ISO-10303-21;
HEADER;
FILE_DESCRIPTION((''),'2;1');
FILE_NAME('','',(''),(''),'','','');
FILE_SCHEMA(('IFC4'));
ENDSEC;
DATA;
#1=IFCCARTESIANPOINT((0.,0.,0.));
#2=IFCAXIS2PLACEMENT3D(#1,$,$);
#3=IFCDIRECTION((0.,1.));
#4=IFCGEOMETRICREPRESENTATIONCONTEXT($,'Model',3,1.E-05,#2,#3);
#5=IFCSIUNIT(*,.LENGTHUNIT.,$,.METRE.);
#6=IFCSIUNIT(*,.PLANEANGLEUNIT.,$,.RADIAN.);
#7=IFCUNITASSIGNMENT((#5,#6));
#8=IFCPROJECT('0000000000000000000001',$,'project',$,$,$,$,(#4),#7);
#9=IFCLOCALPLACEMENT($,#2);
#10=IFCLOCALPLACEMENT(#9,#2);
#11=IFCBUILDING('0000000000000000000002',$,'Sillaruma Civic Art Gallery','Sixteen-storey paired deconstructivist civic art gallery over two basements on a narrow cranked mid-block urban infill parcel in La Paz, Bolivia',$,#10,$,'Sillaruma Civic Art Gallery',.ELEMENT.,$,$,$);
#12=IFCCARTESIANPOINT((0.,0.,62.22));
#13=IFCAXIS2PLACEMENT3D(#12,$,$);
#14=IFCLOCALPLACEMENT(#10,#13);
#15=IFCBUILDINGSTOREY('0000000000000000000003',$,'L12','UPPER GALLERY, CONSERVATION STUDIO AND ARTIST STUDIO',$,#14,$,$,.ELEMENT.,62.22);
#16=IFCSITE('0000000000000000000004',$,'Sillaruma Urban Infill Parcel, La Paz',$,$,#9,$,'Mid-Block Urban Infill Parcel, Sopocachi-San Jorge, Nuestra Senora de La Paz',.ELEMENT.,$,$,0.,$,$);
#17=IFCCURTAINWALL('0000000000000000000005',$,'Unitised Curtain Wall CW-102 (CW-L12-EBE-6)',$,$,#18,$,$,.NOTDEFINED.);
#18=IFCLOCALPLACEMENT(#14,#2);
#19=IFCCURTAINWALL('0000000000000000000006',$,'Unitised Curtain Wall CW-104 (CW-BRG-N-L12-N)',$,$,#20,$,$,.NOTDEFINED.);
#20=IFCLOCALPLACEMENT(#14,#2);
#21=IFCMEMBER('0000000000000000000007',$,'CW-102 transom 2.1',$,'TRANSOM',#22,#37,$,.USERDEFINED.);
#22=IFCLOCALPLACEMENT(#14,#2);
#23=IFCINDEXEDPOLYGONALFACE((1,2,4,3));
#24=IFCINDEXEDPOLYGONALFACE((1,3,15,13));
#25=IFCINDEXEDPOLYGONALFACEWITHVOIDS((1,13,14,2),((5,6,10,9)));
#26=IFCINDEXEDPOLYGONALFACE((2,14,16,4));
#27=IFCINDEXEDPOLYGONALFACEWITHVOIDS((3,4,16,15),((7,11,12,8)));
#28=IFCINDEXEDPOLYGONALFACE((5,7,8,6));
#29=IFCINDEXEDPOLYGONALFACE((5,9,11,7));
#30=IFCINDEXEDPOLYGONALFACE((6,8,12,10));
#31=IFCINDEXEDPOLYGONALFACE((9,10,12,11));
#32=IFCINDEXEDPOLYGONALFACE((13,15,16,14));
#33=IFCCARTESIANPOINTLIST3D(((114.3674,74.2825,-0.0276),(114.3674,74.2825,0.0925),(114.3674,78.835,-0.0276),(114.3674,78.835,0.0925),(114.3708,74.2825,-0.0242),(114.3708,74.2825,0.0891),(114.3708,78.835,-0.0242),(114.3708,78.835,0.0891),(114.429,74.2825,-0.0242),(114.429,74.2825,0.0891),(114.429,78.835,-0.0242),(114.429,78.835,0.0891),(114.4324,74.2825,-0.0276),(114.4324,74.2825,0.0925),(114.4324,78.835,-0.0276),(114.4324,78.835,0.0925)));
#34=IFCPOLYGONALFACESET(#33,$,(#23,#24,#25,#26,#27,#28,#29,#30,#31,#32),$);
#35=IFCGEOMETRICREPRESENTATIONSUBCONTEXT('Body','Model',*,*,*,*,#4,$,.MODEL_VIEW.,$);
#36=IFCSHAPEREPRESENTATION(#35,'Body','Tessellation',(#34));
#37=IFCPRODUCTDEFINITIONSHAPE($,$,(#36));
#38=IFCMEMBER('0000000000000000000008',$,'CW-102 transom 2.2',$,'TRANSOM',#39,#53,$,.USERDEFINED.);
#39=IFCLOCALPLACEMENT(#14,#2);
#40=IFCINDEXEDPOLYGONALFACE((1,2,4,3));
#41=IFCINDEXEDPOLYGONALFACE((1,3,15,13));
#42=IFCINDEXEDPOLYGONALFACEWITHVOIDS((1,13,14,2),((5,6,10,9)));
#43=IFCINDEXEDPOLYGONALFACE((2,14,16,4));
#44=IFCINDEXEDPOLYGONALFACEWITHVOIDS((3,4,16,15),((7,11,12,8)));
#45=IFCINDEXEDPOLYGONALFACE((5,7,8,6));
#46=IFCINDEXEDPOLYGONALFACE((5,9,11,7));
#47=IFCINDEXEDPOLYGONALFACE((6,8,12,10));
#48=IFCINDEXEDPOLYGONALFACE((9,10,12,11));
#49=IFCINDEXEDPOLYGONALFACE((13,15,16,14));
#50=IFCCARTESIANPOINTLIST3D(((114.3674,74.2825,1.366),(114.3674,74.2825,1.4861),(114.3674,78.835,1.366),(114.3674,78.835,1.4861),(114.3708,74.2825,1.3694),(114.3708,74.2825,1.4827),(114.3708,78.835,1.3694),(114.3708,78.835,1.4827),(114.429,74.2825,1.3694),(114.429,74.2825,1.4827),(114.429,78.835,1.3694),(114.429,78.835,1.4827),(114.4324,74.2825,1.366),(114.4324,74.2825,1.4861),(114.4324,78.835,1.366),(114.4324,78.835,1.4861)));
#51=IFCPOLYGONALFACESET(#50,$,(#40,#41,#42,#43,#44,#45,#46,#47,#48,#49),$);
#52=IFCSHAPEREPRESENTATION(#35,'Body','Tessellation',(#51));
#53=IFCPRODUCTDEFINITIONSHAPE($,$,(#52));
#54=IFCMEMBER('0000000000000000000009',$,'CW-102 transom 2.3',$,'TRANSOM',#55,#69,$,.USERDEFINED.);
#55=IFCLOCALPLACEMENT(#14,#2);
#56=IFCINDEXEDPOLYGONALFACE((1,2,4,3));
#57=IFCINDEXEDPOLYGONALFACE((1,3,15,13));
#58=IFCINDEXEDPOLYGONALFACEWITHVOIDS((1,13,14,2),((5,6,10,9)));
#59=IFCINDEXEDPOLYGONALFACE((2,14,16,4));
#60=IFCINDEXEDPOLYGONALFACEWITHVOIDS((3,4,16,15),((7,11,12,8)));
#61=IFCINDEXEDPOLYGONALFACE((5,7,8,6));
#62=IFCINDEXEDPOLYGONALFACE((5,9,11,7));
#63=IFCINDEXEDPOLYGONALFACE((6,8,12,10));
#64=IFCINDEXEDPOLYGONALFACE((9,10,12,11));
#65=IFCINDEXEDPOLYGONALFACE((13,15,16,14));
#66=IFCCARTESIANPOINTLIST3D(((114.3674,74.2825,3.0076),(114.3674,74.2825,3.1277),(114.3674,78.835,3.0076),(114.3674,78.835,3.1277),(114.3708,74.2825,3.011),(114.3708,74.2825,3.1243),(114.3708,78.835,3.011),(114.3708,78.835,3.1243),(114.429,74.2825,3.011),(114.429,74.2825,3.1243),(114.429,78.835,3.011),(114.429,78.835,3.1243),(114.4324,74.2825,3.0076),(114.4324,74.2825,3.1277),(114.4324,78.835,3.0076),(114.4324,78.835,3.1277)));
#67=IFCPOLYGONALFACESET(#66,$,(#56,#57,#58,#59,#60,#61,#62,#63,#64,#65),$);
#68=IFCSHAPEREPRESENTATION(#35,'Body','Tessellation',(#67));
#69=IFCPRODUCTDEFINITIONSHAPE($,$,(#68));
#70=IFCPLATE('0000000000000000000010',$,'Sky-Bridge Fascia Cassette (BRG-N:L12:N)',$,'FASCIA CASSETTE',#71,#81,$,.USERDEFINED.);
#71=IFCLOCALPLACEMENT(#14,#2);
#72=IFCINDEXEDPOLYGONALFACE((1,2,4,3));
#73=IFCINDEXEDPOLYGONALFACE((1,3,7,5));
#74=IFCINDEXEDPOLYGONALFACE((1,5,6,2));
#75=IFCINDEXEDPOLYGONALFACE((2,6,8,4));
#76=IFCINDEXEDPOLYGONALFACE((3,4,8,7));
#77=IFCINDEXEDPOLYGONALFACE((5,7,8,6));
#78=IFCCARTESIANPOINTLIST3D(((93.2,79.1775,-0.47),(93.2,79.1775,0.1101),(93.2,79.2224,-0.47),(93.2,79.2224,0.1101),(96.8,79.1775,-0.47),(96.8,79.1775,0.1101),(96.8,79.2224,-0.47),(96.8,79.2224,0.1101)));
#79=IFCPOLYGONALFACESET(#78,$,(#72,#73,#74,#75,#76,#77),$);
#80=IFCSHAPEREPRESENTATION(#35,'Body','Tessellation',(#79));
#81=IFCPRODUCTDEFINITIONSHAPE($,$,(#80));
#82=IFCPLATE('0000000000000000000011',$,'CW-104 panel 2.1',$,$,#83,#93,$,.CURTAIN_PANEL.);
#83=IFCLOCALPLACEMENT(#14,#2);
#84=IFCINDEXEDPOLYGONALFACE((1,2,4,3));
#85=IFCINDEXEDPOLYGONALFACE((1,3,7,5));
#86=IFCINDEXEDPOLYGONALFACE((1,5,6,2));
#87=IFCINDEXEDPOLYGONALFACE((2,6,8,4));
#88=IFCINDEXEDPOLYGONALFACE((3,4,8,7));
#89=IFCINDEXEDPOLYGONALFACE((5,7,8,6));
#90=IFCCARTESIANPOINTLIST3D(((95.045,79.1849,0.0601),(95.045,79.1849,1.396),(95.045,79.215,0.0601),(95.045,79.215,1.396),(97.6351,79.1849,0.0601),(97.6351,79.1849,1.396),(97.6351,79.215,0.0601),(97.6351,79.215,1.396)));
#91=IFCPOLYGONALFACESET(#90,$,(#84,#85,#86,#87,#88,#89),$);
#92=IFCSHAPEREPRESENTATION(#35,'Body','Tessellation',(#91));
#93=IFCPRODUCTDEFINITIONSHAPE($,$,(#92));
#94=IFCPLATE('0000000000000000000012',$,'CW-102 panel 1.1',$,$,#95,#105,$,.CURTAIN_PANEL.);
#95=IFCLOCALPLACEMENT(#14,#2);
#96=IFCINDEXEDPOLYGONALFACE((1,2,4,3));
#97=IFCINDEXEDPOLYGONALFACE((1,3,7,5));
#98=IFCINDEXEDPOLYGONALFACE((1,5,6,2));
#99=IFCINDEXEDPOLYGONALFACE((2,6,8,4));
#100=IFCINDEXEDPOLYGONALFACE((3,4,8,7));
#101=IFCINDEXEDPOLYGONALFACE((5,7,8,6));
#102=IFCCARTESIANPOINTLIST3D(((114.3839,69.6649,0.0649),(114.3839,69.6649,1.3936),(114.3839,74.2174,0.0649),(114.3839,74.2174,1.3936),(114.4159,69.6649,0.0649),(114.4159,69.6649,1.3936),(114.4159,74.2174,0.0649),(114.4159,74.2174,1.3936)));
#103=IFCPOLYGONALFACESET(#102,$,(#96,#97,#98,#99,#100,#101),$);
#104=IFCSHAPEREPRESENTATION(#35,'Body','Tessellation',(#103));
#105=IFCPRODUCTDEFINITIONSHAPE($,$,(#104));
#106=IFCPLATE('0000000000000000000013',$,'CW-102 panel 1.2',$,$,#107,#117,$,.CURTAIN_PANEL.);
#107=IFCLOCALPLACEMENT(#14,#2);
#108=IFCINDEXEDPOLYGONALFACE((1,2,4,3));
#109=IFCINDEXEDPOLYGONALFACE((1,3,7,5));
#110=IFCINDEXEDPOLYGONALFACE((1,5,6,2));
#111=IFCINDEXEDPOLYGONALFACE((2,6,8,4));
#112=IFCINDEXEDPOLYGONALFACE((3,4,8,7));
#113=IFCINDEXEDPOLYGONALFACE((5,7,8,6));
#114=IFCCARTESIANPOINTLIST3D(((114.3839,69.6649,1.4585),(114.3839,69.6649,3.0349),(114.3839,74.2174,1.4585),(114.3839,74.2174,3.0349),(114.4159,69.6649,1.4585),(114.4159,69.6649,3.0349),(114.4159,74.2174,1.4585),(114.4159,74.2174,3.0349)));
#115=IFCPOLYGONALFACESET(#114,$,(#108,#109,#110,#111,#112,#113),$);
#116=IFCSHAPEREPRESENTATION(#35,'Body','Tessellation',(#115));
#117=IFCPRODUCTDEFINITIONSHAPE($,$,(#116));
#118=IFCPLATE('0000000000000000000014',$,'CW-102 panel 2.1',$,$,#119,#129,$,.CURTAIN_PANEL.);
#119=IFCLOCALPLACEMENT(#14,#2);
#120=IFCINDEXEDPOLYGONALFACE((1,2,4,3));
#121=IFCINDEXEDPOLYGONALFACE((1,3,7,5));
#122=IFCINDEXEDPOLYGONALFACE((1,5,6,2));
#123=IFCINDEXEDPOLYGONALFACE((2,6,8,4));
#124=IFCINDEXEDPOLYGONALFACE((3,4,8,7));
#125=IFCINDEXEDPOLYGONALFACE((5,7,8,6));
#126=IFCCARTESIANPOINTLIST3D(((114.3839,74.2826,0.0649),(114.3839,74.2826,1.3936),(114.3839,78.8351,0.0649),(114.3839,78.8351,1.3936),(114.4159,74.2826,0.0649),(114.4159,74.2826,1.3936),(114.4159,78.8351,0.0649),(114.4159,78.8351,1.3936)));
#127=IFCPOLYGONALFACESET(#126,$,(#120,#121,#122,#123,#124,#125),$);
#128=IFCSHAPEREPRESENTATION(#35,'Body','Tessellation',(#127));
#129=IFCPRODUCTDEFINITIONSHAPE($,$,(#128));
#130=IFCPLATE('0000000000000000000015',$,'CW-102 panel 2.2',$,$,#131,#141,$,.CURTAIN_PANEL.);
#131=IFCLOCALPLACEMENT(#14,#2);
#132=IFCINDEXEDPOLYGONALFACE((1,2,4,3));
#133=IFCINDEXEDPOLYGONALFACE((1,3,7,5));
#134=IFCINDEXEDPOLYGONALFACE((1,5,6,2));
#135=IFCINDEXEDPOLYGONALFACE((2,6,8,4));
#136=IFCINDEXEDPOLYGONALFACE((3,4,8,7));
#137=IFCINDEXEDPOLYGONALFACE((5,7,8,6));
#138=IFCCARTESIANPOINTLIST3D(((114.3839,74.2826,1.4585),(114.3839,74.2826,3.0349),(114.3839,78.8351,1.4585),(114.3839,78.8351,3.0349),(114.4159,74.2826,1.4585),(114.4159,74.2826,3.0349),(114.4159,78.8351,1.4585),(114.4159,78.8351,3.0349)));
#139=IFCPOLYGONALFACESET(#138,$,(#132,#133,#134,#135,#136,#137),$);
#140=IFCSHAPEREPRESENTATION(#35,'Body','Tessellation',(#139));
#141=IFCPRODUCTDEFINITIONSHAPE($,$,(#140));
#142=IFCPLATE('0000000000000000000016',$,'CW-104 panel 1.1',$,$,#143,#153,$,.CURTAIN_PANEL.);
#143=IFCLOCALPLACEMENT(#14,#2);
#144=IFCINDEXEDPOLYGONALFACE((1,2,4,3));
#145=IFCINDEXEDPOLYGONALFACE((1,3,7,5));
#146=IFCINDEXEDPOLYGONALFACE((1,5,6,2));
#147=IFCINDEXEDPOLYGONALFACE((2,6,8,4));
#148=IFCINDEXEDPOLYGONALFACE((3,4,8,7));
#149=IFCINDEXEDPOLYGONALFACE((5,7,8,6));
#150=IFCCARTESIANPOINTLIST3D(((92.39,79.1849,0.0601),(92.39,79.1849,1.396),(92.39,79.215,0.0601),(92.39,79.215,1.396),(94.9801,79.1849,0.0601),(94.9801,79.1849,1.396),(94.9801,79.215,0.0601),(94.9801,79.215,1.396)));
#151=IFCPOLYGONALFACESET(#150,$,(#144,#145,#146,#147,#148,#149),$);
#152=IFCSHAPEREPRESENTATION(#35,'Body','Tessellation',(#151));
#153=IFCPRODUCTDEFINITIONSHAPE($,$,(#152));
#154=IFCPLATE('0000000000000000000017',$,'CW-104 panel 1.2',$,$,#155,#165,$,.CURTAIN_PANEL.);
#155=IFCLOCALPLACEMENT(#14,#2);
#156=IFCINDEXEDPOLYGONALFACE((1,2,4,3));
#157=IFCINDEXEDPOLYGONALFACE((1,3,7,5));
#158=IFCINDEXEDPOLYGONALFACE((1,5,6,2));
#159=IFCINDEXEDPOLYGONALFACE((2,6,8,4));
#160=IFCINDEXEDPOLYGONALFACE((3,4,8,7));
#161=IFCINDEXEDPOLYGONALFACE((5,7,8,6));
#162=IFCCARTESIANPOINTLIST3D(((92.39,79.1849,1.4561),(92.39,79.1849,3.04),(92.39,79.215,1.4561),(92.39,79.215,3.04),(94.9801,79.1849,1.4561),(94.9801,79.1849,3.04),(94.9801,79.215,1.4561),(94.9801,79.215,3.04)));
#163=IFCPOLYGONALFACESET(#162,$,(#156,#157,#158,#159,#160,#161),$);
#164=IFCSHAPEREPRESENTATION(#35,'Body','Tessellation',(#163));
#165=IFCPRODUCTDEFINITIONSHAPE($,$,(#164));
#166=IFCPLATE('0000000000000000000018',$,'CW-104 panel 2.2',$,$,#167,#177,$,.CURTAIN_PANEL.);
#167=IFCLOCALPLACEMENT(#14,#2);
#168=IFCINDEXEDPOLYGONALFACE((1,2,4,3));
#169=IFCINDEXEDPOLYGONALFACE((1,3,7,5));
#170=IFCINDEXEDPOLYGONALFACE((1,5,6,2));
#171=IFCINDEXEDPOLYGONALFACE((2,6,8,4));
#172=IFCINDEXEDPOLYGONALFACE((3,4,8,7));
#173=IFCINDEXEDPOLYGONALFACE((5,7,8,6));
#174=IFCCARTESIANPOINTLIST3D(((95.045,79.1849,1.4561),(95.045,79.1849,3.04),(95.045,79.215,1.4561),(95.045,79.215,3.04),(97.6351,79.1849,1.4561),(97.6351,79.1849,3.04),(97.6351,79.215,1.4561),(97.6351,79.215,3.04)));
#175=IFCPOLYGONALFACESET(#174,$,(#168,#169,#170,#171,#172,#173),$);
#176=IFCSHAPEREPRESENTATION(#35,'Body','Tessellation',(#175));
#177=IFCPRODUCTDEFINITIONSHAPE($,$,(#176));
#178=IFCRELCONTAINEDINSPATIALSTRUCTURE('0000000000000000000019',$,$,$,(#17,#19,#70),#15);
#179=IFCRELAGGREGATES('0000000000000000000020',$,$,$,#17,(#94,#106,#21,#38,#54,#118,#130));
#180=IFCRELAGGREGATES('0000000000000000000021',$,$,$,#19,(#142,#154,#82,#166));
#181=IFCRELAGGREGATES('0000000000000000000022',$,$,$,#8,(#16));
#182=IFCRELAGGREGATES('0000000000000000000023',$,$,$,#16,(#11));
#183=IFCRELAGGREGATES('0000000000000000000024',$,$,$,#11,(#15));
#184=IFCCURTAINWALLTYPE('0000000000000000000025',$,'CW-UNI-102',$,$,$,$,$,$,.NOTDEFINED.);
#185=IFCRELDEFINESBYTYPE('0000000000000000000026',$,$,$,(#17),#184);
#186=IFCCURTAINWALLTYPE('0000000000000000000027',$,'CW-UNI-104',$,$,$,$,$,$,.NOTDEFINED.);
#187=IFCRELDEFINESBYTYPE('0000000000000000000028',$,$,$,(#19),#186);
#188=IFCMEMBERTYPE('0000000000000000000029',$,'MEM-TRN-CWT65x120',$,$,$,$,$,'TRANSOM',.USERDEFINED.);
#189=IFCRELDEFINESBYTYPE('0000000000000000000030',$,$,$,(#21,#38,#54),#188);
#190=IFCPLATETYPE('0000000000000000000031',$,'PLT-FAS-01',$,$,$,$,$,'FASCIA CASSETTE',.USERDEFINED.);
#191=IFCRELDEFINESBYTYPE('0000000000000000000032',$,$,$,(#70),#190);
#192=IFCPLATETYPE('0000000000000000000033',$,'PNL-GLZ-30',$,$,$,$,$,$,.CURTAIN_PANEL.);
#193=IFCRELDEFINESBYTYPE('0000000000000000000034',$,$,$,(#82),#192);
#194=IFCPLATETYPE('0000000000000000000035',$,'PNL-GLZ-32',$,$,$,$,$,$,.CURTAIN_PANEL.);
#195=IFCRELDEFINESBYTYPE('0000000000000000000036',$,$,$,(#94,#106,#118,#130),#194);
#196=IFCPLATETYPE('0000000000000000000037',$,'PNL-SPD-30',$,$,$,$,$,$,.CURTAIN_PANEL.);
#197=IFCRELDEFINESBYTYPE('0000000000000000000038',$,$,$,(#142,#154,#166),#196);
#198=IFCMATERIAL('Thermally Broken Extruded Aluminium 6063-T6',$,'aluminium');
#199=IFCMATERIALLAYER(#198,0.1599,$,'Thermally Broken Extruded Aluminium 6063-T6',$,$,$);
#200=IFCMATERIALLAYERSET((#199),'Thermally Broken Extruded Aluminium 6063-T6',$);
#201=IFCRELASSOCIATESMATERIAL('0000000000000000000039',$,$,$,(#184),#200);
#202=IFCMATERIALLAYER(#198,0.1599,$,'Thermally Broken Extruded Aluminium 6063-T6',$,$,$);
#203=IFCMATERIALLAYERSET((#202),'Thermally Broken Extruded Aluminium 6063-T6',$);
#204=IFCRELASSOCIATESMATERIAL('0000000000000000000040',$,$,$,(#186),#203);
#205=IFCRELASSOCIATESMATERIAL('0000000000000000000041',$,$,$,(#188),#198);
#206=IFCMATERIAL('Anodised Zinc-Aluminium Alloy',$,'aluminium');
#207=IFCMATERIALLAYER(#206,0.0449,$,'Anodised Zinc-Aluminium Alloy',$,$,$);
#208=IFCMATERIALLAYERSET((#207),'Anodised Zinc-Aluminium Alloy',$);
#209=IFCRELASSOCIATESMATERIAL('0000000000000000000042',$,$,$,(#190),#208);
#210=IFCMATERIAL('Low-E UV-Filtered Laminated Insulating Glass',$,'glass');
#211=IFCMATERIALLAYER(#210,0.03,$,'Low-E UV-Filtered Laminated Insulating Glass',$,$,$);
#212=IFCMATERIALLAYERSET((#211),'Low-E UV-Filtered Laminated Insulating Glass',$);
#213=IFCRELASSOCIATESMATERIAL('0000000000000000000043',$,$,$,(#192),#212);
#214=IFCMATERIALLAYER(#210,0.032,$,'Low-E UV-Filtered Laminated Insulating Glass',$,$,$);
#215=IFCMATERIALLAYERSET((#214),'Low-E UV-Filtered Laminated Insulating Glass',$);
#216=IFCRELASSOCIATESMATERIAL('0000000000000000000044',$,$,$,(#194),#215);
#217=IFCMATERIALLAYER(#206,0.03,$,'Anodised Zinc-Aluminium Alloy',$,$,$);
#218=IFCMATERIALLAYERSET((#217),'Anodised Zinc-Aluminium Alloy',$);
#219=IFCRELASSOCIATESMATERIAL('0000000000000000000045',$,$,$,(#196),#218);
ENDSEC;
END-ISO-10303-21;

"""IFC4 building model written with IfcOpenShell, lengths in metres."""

from ifc_helpers import new_model, si_unit, direction, frame, origin, origin_2d, place, context, subcontext, project, spatial, rectangle, hollow_rectangle, extrude, material, layer, layer_set, material_profile, profile_set, type_object, element, aggregate, save


model = new_model("IFC4")

# Units and contexts
model_context = context("Model", 3, precision=1e-05, world=origin(), true_north=direction((0.0, 1.0)))
body_context = subcontext(model_context, "Body", "Model", "MODEL_VIEW")
ifc_project = project(units=[si_unit("LENGTHUNIT", "METRE"), si_unit("PLANEANGLEUNIT", "RADIAN")], contexts=[model_context])

# Site, building, storey
site_placement = place(None, origin())
site = spatial("IfcSite", under=ifc_project, at=site_placement, Name="Sillaruma Urban Infill Parcel, La Paz", LongName="Mid-Block Urban Infill Parcel, Sopocachi-San Jorge, Nuestra Senora de La Paz", CompositionType="ELEMENT", RefElevation=0.0)
building_placement = place(site_placement, origin())
building = spatial("IfcBuilding", under=site, at=building_placement, Name="Sillaruma Civic Art Gallery", Description="Sixteen-storey paired deconstructivist civic art gallery over two basements on a narrow cranked mid-block urban infill parcel in La Paz, Bolivia", LongName="Sillaruma Civic Art Gallery", CompositionType="ELEMENT")
storey_placement = place(building_placement, frame((0.0, 0.0, 62.22)))
storey = spatial("IfcBuildingStorey", under=building, at=storey_placement, Name="L12", Description="UPPER GALLERY, CONSERVATION STUDIO AND ARTIST STUDIO", CompositionType="ELEMENT", Elevation=62.22)

# Curtain walls
ifc_material_1 = material(Name="Thermally Broken Extruded Aluminium 6063-T6", Category="aluminium")
ifc_layer_1 = layer(ifc_material_1, 0.1599, Name="Thermally Broken Extruded Aluminium 6063-T6")
ifc_layer_set_1 = layer_set([ifc_layer_1], Name="Thermally Broken Extruded Aluminium 6063-T6")
curtain_wall_type_1 = type_object("IfcCurtainWallType", Name="CW-UNI-102", PredefinedType="NOTDEFINED", material=ifc_layer_set_1)
curtain_wall_1_placement = place(storey_placement, origin())
curtain_wall_1 = element("IfcCurtainWall", 1, at=curtain_wall_1_placement, inside=storey, type_object=curtain_wall_type_1, Name="Unitised Curtain Wall CW-102 (CW-L12-EBE-6)", PredefinedType="NOTDEFINED")
ifc_layer_2 = layer(ifc_material_1, 0.1599, Name="Thermally Broken Extruded Aluminium 6063-T6")
ifc_layer_set_2 = layer_set([ifc_layer_2], Name="Thermally Broken Extruded Aluminium 6063-T6")
curtain_wall_type_2 = type_object("IfcCurtainWallType", Name="CW-UNI-104", PredefinedType="NOTDEFINED", material=ifc_layer_set_2)
curtain_wall_2_placement = place(storey_placement, origin())
curtain_wall_2 = element("IfcCurtainWall", 2, at=curtain_wall_2_placement, inside=storey, type_object=curtain_wall_type_2, Name="Unitised Curtain Wall CW-104 (CW-BRG-N-L12-N)", PredefinedType="NOTDEFINED")

# Members
ifc_material_profile_1 = material_profile(ifc_material_1, hollow_rectangle(XDim=0.0649, YDim=0.1201, WallThickness=0.0034, at=origin_2d()), Name="CWT65x120")
ifc_profile_set_1 = profile_set([ifc_material_profile_1], Name="Thermally Broken Extruded Aluminium 6063-T6")
member_type_1 = type_object("IfcMemberType", Name="MEM-TRN-CWT65x120", ElementType="TRANSOM", PredefinedType="USERDEFINED", material=ifc_profile_set_1)
member_1_placement = place(storey_placement, frame((114.3999, 74.2825, 0.0325), z_axis=(0.0, 1.0, 0.0), x_axis=(-1.0, 0.0, 0.0)))
member_1 = element("IfcMember", 3, at=member_1_placement, type_object=member_type_1, Name="CW-102 transom 2.1", ObjectType="TRANSOM", PredefinedType="USERDEFINED", context=body_context, shape_type="SweptSolid", body=[
    extrude(hollow_rectangle(XDim=0.0649, YDim=0.1201, WallThickness=0.0034, at=origin_2d()), origin(), (0.0, 0.0, 1.0), 4.5525),
])
member_2_placement = place(storey_placement, frame((114.3999, 74.2825, 1.426), z_axis=(0.0, 1.0, 0.0), x_axis=(-1.0, 0.0, 0.0)))
member_2 = element("IfcMember", 4, at=member_2_placement, type_object=member_type_1, Name="CW-102 transom 2.2", ObjectType="TRANSOM", PredefinedType="USERDEFINED", context=body_context, shape_type="SweptSolid", body=[
    extrude(hollow_rectangle(XDim=0.0649, YDim=0.1201, WallThickness=0.0034, at=origin_2d()), origin(), (0.0, 0.0, 1.0), 4.5525),
])
member_3_placement = place(storey_placement, frame((114.3999, 74.2825, 3.0676), z_axis=(0.0, 1.0, 0.0), x_axis=(-1.0, 0.0, 0.0)))
member_3 = element("IfcMember", 5, at=member_3_placement, type_object=member_type_1, Name="CW-102 transom 2.3", ObjectType="TRANSOM", PredefinedType="USERDEFINED", context=body_context, shape_type="SweptSolid", body=[
    extrude(hollow_rectangle(XDim=0.0649, YDim=0.1201, WallThickness=0.0034, at=origin_2d()), origin(), (0.0, 0.0, 1.0), 4.5525),
])

# Plates
ifc_material_2 = material(Name="Anodised Zinc-Aluminium Alloy", Category="aluminium")
ifc_layer_3 = layer(ifc_material_2, 0.0449, Name="Anodised Zinc-Aluminium Alloy")
ifc_layer_set_3 = layer_set([ifc_layer_3], Name="Anodised Zinc-Aluminium Alloy")
plate_type_1 = type_object("IfcPlateType", Name="PLT-FAS-01", ElementType="FASCIA CASSETTE", PredefinedType="USERDEFINED", material=ifc_layer_set_3)
plate_1_placement = place(storey_placement, frame((95.0, 79.2, -0.47), z_axis=(0.0, 0.0, 1.0), x_axis=(1.0, 0.0, 0.0)))
element("IfcPlate", 6, at=plate_1_placement, inside=storey, type_object=plate_type_1, Name="Sky-Bridge Fascia Cassette (BRG-N:L12:N)", ObjectType="FASCIA CASSETTE", PredefinedType="USERDEFINED", context=body_context, shape_type="SweptSolid", body=[
    extrude(rectangle(XDim=3.6001, YDim=0.0449, at=origin_2d()), origin(), (0.0, 0.0, 1.0), 0.5801),
])
ifc_material_3 = material(Name="Low-E UV-Filtered Laminated Insulating Glass", Category="glass")
ifc_layer_4 = layer(ifc_material_3, 0.03, Name="Low-E UV-Filtered Laminated Insulating Glass")
ifc_layer_set_4 = layer_set([ifc_layer_4], Name="Low-E UV-Filtered Laminated Insulating Glass")
plate_type_2 = type_object("IfcPlateType", Name="PNL-GLZ-30", PredefinedType="CURTAIN_PANEL", material=ifc_layer_set_4)
plate_2_placement = place(storey_placement, frame((96.3401, 79.2, 0.0601), z_axis=(0.0, 0.0, 1.0), x_axis=(1.0, 0.0, 0.0)))
plate_2 = element("IfcPlate", 7, at=plate_2_placement, type_object=plate_type_2, Name="CW-104 panel 2.1", PredefinedType="CURTAIN_PANEL", context=body_context, shape_type="SweptSolid", body=[
    extrude(rectangle(XDim=2.5901, YDim=0.03, at=origin_2d()), origin(), (0.0, 0.0, 1.0), 1.3359),
])
ifc_layer_5 = layer(ifc_material_3, 0.032, Name="Low-E UV-Filtered Laminated Insulating Glass")
ifc_layer_set_5 = layer_set([ifc_layer_5], Name="Low-E UV-Filtered Laminated Insulating Glass")
plate_type_3 = type_object("IfcPlateType", Name="PNL-GLZ-32", PredefinedType="CURTAIN_PANEL", material=ifc_layer_set_5)
plate_3_placement = place(storey_placement, frame((114.3999, 71.9412, 0.0649), z_axis=(0.0, 0.0, 1.0), x_axis=(0.0, 1.0, 0.0)))
plate_3 = element("IfcPlate", 8, at=plate_3_placement, type_object=plate_type_3, Name="CW-102 panel 1.1", PredefinedType="CURTAIN_PANEL", context=body_context, shape_type="SweptSolid", body=[
    extrude(rectangle(XDim=4.5525, YDim=0.032, at=origin_2d()), origin(), (0.0, 0.0, 1.0), 1.3286),
])
plate_4_placement = place(storey_placement, frame((114.3999, 71.9412, 1.4585), z_axis=(0.0, 0.0, 1.0), x_axis=(0.0, 1.0, 0.0)))
plate_4 = element("IfcPlate", 9, at=plate_4_placement, type_object=plate_type_3, Name="CW-102 panel 1.2", PredefinedType="CURTAIN_PANEL", context=body_context, shape_type="SweptSolid", body=[
    extrude(rectangle(XDim=4.5525, YDim=0.032, at=origin_2d()), origin(), (0.0, 0.0, 1.0), 1.5764),
])
plate_5_placement = place(storey_placement, frame((114.3999, 76.5588, 0.0649), z_axis=(0.0, 0.0, 1.0), x_axis=(0.0, 1.0, 0.0)))
plate_5 = element("IfcPlate", 10, at=plate_5_placement, type_object=plate_type_3, Name="CW-102 panel 2.1", PredefinedType="CURTAIN_PANEL", context=body_context, shape_type="SweptSolid", body=[
    extrude(rectangle(XDim=4.5525, YDim=0.032, at=origin_2d()), origin(), (0.0, 0.0, 1.0), 1.3286),
])
plate_6_placement = place(storey_placement, frame((114.3999, 76.5588, 1.4585), z_axis=(0.0, 0.0, 1.0), x_axis=(0.0, 1.0, 0.0)))
plate_6 = element("IfcPlate", 11, at=plate_6_placement, type_object=plate_type_3, Name="CW-102 panel 2.2", PredefinedType="CURTAIN_PANEL", context=body_context, shape_type="SweptSolid", body=[
    extrude(rectangle(XDim=4.5525, YDim=0.032, at=origin_2d()), origin(), (0.0, 0.0, 1.0), 1.5764),
])
aggregate(curtain_wall_1, [plate_3, plate_4, member_1, member_2, member_3, plate_5, plate_6])
ifc_layer_6 = layer(ifc_material_2, 0.03, Name="Anodised Zinc-Aluminium Alloy")
ifc_layer_set_6 = layer_set([ifc_layer_6], Name="Anodised Zinc-Aluminium Alloy")
plate_type_4 = type_object("IfcPlateType", Name="PNL-SPD-30", PredefinedType="CURTAIN_PANEL", material=ifc_layer_set_6)
plate_7_placement = place(storey_placement, frame((93.6851, 79.2, 0.0601), z_axis=(0.0, 0.0, 1.0), x_axis=(1.0, 0.0, 0.0)))
plate_7 = element("IfcPlate", 12, at=plate_7_placement, type_object=plate_type_4, Name="CW-104 panel 1.1", PredefinedType="CURTAIN_PANEL", context=body_context, shape_type="SweptSolid", body=[
    extrude(rectangle(XDim=2.5901, YDim=0.03, at=origin_2d()), origin(), (0.0, 0.0, 1.0), 1.3359),
])
plate_8_placement = place(storey_placement, frame((93.6851, 79.2, 1.4561), z_axis=(0.0, 0.0, 1.0), x_axis=(1.0, 0.0, 0.0)))
plate_8 = element("IfcPlate", 13, at=plate_8_placement, type_object=plate_type_4, Name="CW-104 panel 1.2", PredefinedType="CURTAIN_PANEL", context=body_context, shape_type="SweptSolid", body=[
    extrude(rectangle(XDim=2.5901, YDim=0.03, at=origin_2d()), origin(), (0.0, 0.0, 1.0), 1.584),
])
plate_9_placement = place(storey_placement, frame((96.3401, 79.2, 1.4561), z_axis=(0.0, 0.0, 1.0), x_axis=(1.0, 0.0, 0.0)))
plate_9 = element("IfcPlate", 14, at=plate_9_placement, type_object=plate_type_4, Name="CW-104 panel 2.2", PredefinedType="CURTAIN_PANEL", context=body_context, shape_type="SweptSolid", body=[
    extrude(rectangle(XDim=2.5901, YDim=0.03, at=origin_2d()), origin(), (0.0, 0.0, 1.0), 1.584),
])
aggregate(curtain_wall_2, [plate_7, plate_8, plate_2, plate_9])

save(model, "model.ifc")
